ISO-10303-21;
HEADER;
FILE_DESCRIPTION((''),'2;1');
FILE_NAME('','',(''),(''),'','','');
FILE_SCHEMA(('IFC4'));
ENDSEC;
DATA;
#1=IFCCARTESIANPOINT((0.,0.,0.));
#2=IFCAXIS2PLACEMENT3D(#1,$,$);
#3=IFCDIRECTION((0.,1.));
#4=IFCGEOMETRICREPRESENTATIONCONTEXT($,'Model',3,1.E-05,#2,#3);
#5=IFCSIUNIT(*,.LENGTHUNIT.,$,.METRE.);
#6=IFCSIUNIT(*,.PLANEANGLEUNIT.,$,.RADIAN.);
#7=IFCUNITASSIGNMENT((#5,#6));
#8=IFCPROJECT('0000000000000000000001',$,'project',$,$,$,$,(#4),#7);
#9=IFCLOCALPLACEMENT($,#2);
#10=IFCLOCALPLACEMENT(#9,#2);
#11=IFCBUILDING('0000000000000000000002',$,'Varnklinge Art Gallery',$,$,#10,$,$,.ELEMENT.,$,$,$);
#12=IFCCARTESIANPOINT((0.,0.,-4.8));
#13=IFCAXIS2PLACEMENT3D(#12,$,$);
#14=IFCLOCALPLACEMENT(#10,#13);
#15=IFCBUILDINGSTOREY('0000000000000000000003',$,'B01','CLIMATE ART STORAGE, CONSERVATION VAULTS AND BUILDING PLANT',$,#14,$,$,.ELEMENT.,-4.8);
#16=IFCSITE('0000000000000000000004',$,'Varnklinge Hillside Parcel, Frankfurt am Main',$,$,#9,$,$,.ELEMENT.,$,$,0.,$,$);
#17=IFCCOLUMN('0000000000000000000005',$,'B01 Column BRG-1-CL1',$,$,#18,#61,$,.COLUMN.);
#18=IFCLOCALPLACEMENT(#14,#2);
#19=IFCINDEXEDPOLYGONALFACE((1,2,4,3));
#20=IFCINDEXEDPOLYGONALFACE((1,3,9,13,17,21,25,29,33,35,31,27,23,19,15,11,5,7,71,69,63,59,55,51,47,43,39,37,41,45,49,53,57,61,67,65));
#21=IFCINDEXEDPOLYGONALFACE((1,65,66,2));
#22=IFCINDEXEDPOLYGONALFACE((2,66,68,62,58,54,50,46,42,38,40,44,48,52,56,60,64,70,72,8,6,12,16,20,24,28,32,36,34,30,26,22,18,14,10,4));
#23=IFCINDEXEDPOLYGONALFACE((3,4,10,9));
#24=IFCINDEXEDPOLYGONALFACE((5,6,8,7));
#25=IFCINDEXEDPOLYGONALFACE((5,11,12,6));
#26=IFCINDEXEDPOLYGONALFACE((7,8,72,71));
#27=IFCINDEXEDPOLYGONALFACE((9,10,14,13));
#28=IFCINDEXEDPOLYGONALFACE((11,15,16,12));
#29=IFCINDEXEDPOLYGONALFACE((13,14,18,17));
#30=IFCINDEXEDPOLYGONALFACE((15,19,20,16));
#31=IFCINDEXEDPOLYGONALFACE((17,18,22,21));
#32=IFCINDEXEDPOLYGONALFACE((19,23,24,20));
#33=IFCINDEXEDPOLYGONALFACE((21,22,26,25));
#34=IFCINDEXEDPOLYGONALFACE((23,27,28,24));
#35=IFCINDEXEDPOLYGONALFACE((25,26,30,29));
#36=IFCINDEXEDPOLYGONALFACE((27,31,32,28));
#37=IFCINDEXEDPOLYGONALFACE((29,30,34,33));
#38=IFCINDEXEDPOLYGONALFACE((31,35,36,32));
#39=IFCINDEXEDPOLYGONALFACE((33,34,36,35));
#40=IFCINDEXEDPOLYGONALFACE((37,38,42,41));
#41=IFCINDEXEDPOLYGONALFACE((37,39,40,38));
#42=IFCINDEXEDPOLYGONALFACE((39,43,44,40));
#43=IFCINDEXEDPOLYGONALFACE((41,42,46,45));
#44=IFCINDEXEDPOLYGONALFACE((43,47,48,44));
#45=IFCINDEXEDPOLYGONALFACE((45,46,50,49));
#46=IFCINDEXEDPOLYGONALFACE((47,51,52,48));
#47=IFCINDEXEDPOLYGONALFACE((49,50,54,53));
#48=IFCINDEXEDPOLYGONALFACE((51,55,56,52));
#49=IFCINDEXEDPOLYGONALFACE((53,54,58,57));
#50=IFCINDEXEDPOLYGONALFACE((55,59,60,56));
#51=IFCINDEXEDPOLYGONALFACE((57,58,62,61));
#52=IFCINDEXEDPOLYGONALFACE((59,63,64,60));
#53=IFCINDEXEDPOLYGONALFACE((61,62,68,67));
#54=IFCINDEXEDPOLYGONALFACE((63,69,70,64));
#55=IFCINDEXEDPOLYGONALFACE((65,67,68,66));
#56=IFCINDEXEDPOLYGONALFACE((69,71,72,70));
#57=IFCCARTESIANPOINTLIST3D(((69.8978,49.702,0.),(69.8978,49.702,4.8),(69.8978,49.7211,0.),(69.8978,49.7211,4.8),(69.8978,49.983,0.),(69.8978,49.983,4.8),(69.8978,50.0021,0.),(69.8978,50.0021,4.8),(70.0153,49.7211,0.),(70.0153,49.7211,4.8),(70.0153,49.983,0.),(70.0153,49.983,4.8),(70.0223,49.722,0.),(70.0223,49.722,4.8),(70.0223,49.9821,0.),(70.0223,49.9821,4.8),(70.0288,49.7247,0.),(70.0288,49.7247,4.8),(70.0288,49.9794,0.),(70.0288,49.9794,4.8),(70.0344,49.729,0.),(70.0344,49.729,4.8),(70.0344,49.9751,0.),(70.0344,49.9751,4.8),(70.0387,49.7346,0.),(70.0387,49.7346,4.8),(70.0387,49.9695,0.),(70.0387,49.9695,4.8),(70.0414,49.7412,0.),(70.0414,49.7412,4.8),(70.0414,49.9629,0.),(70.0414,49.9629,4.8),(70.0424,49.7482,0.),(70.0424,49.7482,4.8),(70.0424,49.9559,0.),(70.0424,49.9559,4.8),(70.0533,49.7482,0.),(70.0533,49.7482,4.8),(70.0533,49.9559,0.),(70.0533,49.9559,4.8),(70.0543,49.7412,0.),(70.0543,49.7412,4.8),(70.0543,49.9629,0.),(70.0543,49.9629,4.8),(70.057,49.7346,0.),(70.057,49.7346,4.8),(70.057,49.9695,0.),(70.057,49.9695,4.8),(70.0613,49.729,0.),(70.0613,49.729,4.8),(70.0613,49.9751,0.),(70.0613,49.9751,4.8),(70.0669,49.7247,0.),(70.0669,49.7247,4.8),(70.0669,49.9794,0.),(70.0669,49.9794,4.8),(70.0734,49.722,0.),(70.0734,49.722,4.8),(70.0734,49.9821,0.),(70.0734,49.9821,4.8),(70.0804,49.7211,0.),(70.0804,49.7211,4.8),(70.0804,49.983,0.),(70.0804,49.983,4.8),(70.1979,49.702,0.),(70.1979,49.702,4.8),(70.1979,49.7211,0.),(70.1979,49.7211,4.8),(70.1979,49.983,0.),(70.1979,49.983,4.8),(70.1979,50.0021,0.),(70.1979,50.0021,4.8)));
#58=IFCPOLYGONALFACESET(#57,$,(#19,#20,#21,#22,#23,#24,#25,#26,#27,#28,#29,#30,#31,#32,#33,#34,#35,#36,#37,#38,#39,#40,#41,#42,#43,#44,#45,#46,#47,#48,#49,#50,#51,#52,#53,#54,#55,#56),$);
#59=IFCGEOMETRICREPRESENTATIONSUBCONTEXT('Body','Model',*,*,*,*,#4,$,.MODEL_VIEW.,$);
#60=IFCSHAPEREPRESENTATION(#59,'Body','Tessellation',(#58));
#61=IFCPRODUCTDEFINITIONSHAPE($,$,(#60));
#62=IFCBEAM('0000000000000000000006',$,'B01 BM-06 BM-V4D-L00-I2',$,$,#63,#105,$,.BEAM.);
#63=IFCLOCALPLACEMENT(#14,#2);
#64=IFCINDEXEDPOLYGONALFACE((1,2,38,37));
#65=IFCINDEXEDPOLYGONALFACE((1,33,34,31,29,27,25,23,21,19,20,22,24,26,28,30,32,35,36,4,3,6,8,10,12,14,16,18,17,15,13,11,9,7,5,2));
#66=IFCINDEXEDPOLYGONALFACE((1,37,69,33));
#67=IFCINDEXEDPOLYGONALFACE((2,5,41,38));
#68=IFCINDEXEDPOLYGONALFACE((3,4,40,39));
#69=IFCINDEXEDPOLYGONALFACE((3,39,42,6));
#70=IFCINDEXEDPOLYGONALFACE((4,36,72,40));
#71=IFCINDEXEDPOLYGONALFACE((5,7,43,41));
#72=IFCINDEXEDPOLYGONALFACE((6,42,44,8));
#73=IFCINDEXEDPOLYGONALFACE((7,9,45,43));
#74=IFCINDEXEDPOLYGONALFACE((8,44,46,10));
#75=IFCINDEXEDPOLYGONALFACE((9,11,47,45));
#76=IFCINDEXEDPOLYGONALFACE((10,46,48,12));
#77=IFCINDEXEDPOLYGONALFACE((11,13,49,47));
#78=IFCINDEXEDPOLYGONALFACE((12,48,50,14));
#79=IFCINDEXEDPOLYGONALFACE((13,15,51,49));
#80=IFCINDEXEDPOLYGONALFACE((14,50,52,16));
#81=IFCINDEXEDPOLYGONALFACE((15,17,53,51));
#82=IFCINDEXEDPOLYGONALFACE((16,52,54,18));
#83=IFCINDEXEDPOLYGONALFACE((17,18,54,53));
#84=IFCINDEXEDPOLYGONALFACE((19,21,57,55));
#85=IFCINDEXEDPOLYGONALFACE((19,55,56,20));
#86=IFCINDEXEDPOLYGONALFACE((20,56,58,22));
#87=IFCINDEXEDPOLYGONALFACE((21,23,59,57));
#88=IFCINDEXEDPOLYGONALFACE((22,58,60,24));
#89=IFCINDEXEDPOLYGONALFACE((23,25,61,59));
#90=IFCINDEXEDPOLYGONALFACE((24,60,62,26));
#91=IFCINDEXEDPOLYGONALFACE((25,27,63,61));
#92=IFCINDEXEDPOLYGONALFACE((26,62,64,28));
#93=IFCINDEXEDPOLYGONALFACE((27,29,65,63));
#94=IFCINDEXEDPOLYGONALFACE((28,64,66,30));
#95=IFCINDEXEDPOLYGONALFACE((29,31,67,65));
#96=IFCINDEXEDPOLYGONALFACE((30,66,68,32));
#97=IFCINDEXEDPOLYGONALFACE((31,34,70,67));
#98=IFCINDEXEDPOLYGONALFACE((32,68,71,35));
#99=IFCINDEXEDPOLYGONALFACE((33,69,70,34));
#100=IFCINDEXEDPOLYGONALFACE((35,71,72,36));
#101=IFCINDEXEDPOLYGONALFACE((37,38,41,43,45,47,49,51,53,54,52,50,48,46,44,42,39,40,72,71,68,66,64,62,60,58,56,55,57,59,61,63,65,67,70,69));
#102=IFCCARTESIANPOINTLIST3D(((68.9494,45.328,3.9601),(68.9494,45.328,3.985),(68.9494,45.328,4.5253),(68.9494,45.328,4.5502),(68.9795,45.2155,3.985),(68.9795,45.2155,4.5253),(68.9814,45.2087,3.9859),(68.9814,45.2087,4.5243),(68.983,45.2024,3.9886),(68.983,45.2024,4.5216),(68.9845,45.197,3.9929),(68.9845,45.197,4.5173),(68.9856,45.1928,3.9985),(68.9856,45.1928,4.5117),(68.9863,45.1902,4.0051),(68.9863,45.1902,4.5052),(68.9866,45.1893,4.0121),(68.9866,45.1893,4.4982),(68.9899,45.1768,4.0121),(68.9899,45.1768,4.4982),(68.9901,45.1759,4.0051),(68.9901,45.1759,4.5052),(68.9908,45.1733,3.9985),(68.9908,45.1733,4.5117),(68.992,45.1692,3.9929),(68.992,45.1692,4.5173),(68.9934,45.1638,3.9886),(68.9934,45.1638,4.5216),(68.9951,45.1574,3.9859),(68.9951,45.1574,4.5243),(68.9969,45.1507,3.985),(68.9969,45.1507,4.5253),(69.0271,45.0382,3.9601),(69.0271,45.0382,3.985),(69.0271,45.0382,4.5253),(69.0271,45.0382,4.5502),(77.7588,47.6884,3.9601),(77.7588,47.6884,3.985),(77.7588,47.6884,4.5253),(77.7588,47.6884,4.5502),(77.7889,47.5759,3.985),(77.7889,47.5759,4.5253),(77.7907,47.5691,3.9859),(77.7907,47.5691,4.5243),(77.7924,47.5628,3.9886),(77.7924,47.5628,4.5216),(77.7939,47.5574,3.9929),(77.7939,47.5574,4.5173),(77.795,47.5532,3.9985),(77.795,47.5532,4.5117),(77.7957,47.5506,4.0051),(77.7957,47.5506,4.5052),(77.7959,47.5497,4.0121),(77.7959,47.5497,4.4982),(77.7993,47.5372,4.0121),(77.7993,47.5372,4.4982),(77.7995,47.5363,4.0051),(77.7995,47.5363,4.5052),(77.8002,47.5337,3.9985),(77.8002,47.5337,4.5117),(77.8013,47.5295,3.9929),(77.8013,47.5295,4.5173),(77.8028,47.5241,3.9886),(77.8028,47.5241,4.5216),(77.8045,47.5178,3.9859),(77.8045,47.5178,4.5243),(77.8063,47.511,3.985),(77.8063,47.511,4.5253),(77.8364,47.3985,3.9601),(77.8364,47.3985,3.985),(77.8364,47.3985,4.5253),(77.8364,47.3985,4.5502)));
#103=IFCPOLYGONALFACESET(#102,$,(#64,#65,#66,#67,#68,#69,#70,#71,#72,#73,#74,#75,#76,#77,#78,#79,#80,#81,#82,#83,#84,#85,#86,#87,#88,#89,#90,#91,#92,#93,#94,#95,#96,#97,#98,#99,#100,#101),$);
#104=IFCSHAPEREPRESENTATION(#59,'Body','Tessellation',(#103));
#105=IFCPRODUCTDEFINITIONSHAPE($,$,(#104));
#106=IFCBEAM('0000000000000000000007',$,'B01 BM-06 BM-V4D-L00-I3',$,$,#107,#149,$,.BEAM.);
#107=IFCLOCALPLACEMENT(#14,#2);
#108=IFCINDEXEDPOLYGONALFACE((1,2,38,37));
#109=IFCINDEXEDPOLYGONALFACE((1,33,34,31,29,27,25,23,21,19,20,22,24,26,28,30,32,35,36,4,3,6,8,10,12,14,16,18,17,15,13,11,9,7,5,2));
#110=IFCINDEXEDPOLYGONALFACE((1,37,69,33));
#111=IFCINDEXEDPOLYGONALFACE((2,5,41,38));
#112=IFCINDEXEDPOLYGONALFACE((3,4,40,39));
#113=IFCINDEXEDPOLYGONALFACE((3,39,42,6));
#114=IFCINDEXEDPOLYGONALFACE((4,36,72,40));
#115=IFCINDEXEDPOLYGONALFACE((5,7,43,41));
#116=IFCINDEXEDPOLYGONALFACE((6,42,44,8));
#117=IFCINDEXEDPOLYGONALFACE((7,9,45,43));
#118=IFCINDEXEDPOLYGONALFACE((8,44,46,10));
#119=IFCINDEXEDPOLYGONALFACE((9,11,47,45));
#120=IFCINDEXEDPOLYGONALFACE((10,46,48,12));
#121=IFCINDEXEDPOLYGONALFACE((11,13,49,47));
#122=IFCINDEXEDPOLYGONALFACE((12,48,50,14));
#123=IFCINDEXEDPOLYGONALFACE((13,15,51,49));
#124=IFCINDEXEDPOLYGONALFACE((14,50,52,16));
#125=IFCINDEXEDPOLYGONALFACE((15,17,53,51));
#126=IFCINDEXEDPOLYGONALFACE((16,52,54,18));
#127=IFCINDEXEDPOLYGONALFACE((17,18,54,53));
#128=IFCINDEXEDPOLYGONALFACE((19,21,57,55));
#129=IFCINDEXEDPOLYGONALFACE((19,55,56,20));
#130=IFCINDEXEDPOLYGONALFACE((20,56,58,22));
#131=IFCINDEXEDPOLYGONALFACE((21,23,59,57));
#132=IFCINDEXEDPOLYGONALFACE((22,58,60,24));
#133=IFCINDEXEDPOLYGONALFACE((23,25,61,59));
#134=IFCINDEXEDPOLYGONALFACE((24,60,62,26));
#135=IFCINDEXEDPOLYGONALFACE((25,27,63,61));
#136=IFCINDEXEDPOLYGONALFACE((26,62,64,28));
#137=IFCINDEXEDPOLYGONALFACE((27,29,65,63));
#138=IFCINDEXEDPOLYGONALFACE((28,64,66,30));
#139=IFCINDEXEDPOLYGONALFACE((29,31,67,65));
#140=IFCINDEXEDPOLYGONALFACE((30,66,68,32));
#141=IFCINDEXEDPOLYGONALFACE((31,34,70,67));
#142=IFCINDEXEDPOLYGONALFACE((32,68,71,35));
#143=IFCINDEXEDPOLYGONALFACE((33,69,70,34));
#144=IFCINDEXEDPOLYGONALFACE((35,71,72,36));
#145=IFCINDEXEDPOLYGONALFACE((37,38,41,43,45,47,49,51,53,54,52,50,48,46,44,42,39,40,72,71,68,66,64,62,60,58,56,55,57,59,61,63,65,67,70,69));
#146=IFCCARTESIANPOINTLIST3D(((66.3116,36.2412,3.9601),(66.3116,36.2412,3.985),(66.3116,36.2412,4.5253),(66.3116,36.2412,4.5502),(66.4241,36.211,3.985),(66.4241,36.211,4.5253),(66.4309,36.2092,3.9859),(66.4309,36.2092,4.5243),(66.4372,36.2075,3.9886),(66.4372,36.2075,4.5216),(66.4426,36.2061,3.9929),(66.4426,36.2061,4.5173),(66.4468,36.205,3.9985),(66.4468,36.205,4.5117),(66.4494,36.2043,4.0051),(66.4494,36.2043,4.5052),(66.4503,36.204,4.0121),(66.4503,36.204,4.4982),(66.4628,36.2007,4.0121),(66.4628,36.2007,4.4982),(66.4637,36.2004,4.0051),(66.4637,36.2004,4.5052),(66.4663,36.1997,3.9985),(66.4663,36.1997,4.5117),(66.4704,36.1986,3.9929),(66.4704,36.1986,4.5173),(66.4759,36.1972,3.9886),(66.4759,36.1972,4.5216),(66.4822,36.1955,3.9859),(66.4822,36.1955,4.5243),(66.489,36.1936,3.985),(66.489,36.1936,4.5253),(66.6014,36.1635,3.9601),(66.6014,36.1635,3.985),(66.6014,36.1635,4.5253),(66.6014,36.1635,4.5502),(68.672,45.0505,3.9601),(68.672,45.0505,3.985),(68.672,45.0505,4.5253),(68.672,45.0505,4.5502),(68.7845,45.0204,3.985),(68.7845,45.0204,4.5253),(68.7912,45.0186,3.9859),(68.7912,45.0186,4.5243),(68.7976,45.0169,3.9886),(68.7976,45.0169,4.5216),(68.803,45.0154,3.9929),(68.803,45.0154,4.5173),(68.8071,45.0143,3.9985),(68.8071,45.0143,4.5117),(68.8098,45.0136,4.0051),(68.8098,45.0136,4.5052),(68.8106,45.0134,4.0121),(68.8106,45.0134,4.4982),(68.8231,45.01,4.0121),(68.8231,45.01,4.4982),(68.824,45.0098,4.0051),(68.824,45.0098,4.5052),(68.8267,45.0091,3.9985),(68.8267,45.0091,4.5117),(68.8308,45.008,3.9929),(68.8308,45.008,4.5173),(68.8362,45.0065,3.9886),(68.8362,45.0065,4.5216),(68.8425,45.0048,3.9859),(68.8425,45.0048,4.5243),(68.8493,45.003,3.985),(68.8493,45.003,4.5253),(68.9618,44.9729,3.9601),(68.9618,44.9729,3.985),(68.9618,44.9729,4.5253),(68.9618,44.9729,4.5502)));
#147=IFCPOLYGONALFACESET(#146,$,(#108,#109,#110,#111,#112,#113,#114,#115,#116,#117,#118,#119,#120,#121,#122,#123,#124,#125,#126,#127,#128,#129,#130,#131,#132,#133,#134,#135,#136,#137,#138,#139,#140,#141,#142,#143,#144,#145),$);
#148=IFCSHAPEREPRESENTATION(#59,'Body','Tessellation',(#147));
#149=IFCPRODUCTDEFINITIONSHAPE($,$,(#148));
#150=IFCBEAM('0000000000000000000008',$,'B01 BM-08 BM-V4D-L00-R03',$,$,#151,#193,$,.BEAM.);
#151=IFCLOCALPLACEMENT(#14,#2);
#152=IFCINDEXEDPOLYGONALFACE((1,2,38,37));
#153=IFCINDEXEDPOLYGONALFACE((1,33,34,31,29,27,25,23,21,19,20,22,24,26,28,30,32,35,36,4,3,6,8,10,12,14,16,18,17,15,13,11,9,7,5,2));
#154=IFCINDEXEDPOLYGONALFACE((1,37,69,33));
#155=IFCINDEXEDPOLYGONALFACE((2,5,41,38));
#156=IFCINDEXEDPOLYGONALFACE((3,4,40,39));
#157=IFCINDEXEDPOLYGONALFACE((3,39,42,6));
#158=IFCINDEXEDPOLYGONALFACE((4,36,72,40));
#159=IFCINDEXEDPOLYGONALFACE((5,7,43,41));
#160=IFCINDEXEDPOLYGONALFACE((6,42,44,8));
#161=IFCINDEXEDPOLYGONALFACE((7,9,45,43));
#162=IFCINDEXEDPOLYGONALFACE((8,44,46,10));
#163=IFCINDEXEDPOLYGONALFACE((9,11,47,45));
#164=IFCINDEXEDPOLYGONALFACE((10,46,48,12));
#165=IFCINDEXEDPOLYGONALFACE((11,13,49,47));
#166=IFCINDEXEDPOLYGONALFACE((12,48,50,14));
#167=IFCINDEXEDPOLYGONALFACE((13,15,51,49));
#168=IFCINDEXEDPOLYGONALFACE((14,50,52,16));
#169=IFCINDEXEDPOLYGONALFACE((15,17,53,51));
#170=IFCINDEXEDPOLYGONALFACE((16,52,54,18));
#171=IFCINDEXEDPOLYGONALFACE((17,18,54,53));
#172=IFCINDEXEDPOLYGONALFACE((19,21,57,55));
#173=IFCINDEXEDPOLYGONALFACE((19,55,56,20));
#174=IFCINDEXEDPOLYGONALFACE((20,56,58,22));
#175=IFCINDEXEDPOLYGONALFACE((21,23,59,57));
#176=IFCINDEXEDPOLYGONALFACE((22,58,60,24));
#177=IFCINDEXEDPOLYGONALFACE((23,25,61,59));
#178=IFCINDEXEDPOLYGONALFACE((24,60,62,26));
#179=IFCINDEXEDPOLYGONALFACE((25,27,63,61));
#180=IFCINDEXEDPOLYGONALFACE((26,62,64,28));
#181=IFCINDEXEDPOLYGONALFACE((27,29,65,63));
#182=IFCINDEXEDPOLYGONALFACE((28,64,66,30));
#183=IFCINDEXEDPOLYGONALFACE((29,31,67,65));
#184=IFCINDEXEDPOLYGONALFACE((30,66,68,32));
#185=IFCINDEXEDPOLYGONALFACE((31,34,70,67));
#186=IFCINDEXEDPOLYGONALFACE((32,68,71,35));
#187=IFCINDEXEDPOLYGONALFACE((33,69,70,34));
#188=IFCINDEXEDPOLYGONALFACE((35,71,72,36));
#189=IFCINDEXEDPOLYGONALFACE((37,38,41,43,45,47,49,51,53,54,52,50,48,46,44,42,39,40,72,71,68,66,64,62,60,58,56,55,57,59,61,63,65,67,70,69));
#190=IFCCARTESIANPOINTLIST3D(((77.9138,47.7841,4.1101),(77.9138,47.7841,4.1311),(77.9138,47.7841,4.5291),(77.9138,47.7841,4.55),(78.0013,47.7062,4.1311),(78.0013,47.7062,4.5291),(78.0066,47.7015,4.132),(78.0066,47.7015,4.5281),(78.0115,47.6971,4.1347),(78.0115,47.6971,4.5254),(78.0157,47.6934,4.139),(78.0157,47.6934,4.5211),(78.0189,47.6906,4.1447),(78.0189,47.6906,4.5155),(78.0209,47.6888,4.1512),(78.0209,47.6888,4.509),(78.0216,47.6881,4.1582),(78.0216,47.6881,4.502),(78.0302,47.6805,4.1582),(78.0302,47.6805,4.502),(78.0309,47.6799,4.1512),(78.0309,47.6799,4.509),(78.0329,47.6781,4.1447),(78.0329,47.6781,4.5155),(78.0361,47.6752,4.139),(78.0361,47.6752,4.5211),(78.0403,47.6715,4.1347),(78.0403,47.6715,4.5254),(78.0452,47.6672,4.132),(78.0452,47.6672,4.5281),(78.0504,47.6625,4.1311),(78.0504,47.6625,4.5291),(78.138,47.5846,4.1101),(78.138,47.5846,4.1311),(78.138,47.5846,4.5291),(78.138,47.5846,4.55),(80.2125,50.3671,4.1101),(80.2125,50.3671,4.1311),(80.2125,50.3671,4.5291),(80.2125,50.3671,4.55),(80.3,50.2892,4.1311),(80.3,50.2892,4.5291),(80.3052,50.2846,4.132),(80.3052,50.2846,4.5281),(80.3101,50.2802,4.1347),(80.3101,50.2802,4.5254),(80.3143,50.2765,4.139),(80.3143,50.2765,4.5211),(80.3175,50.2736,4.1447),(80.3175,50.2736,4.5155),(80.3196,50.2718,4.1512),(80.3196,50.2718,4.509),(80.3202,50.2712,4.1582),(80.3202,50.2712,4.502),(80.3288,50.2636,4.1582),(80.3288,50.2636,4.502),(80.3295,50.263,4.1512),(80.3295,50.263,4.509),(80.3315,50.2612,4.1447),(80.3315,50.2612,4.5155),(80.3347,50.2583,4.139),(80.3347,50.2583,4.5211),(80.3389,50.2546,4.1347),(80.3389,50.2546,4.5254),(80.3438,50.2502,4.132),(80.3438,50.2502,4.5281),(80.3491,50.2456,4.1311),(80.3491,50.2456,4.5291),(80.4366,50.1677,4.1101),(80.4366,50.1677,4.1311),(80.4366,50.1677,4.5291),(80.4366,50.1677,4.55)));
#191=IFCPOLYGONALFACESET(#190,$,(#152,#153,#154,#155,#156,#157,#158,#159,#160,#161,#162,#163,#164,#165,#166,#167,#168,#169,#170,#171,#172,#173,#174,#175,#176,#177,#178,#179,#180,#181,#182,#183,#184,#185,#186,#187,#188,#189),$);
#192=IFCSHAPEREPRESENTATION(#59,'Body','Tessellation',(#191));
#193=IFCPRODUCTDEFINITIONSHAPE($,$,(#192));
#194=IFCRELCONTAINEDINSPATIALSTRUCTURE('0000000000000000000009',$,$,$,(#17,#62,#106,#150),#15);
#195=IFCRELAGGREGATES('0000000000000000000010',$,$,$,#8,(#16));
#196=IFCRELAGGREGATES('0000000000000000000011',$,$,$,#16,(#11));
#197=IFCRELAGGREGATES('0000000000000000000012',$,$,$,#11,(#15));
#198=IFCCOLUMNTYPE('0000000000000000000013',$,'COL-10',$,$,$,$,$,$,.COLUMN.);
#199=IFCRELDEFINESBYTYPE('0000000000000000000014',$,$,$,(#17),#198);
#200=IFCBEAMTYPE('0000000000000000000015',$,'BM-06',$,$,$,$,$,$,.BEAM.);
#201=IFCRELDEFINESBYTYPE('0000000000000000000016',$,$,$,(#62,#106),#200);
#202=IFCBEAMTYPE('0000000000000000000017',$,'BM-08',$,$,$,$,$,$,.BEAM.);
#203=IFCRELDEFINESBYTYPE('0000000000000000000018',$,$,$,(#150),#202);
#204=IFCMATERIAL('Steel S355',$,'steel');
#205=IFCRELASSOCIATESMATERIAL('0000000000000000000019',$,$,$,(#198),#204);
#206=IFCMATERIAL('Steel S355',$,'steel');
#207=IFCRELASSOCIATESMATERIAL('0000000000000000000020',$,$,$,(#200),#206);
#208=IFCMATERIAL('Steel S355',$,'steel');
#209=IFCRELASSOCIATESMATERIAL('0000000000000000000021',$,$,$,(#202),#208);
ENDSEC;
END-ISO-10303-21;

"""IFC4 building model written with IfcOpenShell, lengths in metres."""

from ifc_helpers import new_model, si_unit, direction, frame, origin, origin_2d, place, context, subcontext, project, spatial, i_section, extrude, material, material_profile, profile_set, type_object, element, save


model = new_model("IFC4")

# Units and contexts
model_context = context("Model", 3, precision=1e-05, world=origin(), true_north=direction((0.0, 1.0)))
body_context = subcontext(model_context, "Body", "Model", "MODEL_VIEW")
ifc_project = project(units=[si_unit("LENGTHUNIT", "METRE"), si_unit("PLANEANGLEUNIT", "RADIAN")], contexts=[model_context])

# Site, building, storey
site_placement = place(None, origin())
site = spatial("IfcSite", under=ifc_project, at=site_placement, Name="Varnklinge Hillside Parcel, Frankfurt am Main", CompositionType="ELEMENT", RefElevation=0.0)
building_placement = place(site_placement, origin())
building = spatial("IfcBuilding", under=site, at=building_placement, Name="Varnklinge Art Gallery", CompositionType="ELEMENT")
storey_placement = place(building_placement, frame((0.0, 0.0, -4.8)))
storey = spatial("IfcBuildingStorey", under=building, at=storey_placement, Name="B01", Description="CLIMATE ART STORAGE, CONSERVATION VAULTS AND BUILDING PLANT", CompositionType="ELEMENT", Elevation=-4.8)

# Column
ifc_material_1 = material(Name="Steel S355", Category="steel")
ifc_material_profile_1 = material_profile(ifc_material_1, i_section(OverallWidth=0.3, OverallDepth=0.3, WebThickness=0.011, FlangeThickness=0.019, FilletRadius=0.0271, at=origin_2d()), Name="HEB 300")
ifc_profile_set_1 = profile_set([ifc_material_profile_1], Name="Steel S355")
column_type_1 = type_object("IfcColumnType", Name="COL-10", PredefinedType="COLUMN", material=ifc_profile_set_1)
column_1_placement = place(storey_placement, frame((70.0479, 49.8521, 0.0), z_axis=(0.0, 0.0, 1.0), x_axis=(1.0, 0.0, 0.0)))
element("IfcColumn", 1, at=column_1_placement, inside=storey, type_object=column_type_1, Name="B01 Column BRG-1-CL1", PredefinedType="COLUMN", context=body_context, shape_type="SweptSolid", body=[
    extrude(i_section(OverallWidth=0.3, OverallDepth=0.3, WebThickness=0.011, FlangeThickness=0.019, FilletRadius=0.0271, at=origin_2d()), origin(), (0.0, 0.0, 1.0), 4.8),
])

# Beams
ifc_material_2 = material(Name="Steel S355", Category="steel")
ifc_material_profile_2 = material_profile(ifc_material_2, i_section(OverallWidth=0.3, OverallDepth=0.5901, WebThickness=0.0129, FlangeThickness=0.0249, FilletRadius=0.0271, at=origin_2d()), Name="HEA 600")
ifc_profile_set_2 = profile_set([ifc_material_profile_2], Name="Steel S355")
beam_type_1 = type_object("IfcBeamType", Name="BM-06", PredefinedType="BEAM", material=ifc_profile_set_2)
for number, where, z_axis, x_axis, name in (
    (2, (77.7976, 47.5435, 4.2551), (-0.965929, -0.258809, 0.0), (0.258809, -0.965929, 0.0), "B01 BM-06 BM-V4D-L00-I2"),
    (3, (68.8169, 45.0117, 4.2551), (-0.258809, -0.965929, 0.0), (0.965929, -0.258809, 0.0), "B01 BM-06 BM-V4D-L00-I3"),
):
    element("IfcBeam", number, at=place(storey_placement, frame(where, z_axis=z_axis, x_axis=x_axis)), inside=storey, type_object=beam_type_1, Name=name, PredefinedType="BEAM", context=body_context, shape_type="SweptSolid", body=[
        extrude(i_section(OverallWidth=0.3, OverallDepth=0.5901, WebThickness=0.0129, FlangeThickness=0.0249, FilletRadius=0.0271, at=origin_2d()), origin(), (0.0, 0.0, 1.0), 9.1201),
    ])
ifc_material_3 = material(Name="Steel S355", Category="steel")
ifc_material_profile_3 = material_profile(ifc_material_3, i_section(OverallWidth=0.3, OverallDepth=0.4399, WebThickness=0.0115, FlangeThickness=0.021, FilletRadius=0.0271, at=origin_2d()), Name="HEA 450")
ifc_profile_set_3 = profile_set([ifc_material_profile_3], Name="Steel S355")
beam_type_2 = type_object("IfcBeamType", Name="BM-08", PredefinedType="BEAM", material=ifc_profile_set_3)
beam_1_placement = place(storey_placement, frame((78.0259, 47.6843, 4.3301), z_axis=(0.66478, 0.747039, 0.0), x_axis=(-0.747039, 0.66478, 0.0)))
element("IfcBeam", 4, at=beam_1_placement, inside=storey, type_object=beam_type_2, Name="B01 BM-08 BM-V4D-L00-R03", PredefinedType="BEAM", context=body_context, shape_type="SweptSolid", body=[
    extrude(i_section(OverallWidth=0.3, OverallDepth=0.4399, WebThickness=0.0115, FlangeThickness=0.021, FilletRadius=0.0271, at=origin_2d()), origin(), (0.0, 0.0, 1.0), 3.4578),
])

save(model, "model.ifc")
